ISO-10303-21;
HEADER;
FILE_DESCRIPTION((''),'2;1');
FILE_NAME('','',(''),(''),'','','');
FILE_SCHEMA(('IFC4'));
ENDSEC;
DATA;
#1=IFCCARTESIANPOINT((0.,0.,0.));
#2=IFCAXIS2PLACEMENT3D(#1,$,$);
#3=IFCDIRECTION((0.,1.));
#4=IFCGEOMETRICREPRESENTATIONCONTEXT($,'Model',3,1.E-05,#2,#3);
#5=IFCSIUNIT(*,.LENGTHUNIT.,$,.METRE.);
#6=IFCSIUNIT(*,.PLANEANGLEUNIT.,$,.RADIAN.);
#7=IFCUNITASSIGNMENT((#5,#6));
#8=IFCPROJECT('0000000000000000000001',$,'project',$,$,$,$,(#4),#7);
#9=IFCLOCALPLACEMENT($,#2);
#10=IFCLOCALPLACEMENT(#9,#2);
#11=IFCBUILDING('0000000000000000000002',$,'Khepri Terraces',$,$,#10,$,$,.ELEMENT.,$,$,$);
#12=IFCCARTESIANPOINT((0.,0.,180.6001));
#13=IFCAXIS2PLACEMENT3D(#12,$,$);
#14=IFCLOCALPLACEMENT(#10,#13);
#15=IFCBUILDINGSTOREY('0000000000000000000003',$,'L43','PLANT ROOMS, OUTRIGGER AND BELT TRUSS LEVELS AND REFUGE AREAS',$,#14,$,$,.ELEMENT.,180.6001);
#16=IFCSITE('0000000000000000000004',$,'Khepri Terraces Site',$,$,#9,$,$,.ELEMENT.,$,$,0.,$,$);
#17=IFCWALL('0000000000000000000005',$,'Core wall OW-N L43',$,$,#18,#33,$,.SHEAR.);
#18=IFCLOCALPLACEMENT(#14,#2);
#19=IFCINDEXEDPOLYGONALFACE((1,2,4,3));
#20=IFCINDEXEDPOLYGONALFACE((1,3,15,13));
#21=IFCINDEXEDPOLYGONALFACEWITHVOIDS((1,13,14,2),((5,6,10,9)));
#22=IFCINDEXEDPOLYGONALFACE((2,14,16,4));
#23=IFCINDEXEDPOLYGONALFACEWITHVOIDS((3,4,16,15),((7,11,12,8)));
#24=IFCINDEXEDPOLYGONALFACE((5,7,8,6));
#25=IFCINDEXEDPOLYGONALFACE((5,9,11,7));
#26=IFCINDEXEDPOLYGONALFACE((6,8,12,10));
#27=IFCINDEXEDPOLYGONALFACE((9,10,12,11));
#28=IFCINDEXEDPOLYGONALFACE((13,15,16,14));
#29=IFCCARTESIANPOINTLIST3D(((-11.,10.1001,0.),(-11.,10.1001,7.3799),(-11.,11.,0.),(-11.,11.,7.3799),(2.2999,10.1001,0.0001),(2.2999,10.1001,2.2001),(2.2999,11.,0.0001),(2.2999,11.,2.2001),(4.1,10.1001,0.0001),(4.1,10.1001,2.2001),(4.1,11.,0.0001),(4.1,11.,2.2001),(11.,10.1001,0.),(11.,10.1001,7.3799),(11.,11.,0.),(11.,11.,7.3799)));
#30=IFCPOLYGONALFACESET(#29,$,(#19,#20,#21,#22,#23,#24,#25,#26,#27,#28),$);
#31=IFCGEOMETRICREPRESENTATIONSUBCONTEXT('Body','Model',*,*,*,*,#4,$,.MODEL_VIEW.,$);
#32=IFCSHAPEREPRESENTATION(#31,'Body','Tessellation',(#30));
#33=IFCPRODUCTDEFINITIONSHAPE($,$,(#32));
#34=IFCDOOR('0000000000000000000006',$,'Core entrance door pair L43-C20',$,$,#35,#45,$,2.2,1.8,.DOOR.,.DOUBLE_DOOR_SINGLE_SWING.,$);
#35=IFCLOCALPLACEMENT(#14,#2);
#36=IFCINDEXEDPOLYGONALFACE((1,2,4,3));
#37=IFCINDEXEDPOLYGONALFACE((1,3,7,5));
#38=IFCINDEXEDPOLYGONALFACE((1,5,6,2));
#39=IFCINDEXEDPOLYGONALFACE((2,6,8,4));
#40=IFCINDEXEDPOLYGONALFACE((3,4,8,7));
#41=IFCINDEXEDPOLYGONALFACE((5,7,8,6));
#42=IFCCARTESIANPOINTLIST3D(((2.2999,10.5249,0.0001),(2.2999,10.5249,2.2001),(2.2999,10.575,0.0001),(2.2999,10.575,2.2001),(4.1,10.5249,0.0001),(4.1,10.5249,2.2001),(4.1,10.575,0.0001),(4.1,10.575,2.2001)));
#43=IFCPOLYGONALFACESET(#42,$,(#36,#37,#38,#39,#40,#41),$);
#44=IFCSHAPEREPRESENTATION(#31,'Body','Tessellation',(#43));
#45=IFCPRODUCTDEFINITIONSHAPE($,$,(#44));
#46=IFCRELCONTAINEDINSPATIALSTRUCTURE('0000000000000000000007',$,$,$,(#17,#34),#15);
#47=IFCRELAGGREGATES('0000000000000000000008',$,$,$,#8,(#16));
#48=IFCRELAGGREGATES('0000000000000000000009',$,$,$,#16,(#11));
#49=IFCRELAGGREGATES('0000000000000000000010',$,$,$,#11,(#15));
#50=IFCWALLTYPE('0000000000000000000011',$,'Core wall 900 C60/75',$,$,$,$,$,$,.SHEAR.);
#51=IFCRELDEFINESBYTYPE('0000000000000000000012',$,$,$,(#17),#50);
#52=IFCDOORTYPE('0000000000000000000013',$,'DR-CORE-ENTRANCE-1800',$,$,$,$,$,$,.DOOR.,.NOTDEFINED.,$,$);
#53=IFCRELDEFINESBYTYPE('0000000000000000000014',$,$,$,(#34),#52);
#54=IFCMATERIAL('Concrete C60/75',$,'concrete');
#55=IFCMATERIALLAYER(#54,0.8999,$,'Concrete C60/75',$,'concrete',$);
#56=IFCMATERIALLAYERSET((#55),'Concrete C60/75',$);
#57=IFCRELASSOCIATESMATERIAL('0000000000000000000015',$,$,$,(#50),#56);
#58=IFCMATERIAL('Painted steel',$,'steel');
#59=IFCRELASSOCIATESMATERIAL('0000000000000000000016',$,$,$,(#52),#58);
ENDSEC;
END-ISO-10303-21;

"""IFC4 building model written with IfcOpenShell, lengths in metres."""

from ifc_helpers import new_model, si_unit, direction, frame, frame_2d, origin, place, context, subcontext, project, spatial, rectangle, extrude, material, layer, layer_set, type_object, element, fill, save


model = new_model("IFC4")

# Units and contexts
model_context = context("Model", 3, precision=1e-05, world=origin(), true_north=direction((0.0, 1.0)))
body_context = subcontext(model_context, "Body", "Model", "MODEL_VIEW")
ifc_project = project(units=[si_unit("LENGTHUNIT", "METRE"), si_unit("PLANEANGLEUNIT", "RADIAN")], contexts=[model_context])

# Site, building, storey
site_placement = place(None, origin())
site = spatial("IfcSite", under=ifc_project, at=site_placement, Name="Khepri Terraces Site", CompositionType="ELEMENT", RefElevation=0.0)
building_placement = place(site_placement, origin())
building = spatial("IfcBuilding", under=site, at=building_placement, Name="Khepri Terraces", CompositionType="ELEMENT")
storey_placement = place(building_placement, frame((0.0, 0.0, 180.6001)))
storey = spatial("IfcBuildingStorey", under=building, at=storey_placement, Name="L43", Description="PLANT ROOMS, OUTRIGGER AND BELT TRUSS LEVELS AND REFUGE AREAS", CompositionType="ELEMENT", Elevation=180.6001)

# Wall, opening, door
ifc_material_1 = material(Name="Concrete C60/75", Category="concrete")
ifc_layer_1 = layer(ifc_material_1, 0.8999, Name="Concrete C60/75", Category="concrete")
ifc_layer_set_1 = layer_set([ifc_layer_1], Name="Concrete C60/75")
wall_type = type_object("IfcWallType", Name="Core wall 900 C60/75", PredefinedType="SHEAR", material=ifc_layer_set_1)
wall_placement = place(storey_placement, frame((-11.0, 10.55, 0.0), z_axis=(0.0, 0.0, 1.0), x_axis=(1.0, 0.0, 0.0)))
wall = element("IfcWall", 1, at=wall_placement, inside=storey, type_object=wall_type, Name="Core wall OW-N L43", PredefinedType="SHEAR", context=body_context, shape_type="SweptSolid", body=[
    extrude(rectangle(XDim=22.0, YDim=0.8999, at=frame_2d((11.0, 0.0))), origin(), (0.0, 0.0, 1.0), 7.3799),
])
opening_placement = place(wall_placement, frame((13.3, 0.0, 0.0)))
opening = element("IfcOpeningElement", 2, at=opening_placement, cuts=wall, PredefinedType="OPENING", context=body_context, shape_type="SweptSolid", body=[
    extrude(rectangle(XDim=1.8, YDim=2.2, at=frame_2d((0.8999, 1.1001))), frame((0.0, 0.46, 0.0), z_axis=(0.0, -1.0, 0.0), x_axis=(1.0, 0.0, 0.0)), (0.0, 0.0, 1.0), 0.9199),
])
ifc_material_2 = material(Name="Painted steel", Category="steel")
door_type = type_object("IfcDoorType", Name="DR-CORE-ENTRANCE-1800", OperationType="NOTDEFINED", PredefinedType="DOOR", material=ifc_material_2)
door_placement = place(opening_placement, origin())
door = element("IfcDoor", 3, at=door_placement, inside=storey, type_object=door_type, Name="Core entrance door pair L43-C20", OperationType="DOUBLE_DOOR_SINGLE_SWING", OverallHeight=2.2, OverallWidth=1.8, PredefinedType="DOOR", context=body_context, shape_type="SweptSolid", body=[
    extrude(rectangle(XDim=1.8, YDim=2.2, at=frame_2d((0.8999, 1.1001))), frame((0.0, 0.0249, 0.0), z_axis=(0.0, -1.0, 0.0), x_axis=(1.0, 0.0, 0.0)), (0.0, 0.0, 1.0), 0.05),
])
fill(opening, door)

save(model, "model.ifc")
